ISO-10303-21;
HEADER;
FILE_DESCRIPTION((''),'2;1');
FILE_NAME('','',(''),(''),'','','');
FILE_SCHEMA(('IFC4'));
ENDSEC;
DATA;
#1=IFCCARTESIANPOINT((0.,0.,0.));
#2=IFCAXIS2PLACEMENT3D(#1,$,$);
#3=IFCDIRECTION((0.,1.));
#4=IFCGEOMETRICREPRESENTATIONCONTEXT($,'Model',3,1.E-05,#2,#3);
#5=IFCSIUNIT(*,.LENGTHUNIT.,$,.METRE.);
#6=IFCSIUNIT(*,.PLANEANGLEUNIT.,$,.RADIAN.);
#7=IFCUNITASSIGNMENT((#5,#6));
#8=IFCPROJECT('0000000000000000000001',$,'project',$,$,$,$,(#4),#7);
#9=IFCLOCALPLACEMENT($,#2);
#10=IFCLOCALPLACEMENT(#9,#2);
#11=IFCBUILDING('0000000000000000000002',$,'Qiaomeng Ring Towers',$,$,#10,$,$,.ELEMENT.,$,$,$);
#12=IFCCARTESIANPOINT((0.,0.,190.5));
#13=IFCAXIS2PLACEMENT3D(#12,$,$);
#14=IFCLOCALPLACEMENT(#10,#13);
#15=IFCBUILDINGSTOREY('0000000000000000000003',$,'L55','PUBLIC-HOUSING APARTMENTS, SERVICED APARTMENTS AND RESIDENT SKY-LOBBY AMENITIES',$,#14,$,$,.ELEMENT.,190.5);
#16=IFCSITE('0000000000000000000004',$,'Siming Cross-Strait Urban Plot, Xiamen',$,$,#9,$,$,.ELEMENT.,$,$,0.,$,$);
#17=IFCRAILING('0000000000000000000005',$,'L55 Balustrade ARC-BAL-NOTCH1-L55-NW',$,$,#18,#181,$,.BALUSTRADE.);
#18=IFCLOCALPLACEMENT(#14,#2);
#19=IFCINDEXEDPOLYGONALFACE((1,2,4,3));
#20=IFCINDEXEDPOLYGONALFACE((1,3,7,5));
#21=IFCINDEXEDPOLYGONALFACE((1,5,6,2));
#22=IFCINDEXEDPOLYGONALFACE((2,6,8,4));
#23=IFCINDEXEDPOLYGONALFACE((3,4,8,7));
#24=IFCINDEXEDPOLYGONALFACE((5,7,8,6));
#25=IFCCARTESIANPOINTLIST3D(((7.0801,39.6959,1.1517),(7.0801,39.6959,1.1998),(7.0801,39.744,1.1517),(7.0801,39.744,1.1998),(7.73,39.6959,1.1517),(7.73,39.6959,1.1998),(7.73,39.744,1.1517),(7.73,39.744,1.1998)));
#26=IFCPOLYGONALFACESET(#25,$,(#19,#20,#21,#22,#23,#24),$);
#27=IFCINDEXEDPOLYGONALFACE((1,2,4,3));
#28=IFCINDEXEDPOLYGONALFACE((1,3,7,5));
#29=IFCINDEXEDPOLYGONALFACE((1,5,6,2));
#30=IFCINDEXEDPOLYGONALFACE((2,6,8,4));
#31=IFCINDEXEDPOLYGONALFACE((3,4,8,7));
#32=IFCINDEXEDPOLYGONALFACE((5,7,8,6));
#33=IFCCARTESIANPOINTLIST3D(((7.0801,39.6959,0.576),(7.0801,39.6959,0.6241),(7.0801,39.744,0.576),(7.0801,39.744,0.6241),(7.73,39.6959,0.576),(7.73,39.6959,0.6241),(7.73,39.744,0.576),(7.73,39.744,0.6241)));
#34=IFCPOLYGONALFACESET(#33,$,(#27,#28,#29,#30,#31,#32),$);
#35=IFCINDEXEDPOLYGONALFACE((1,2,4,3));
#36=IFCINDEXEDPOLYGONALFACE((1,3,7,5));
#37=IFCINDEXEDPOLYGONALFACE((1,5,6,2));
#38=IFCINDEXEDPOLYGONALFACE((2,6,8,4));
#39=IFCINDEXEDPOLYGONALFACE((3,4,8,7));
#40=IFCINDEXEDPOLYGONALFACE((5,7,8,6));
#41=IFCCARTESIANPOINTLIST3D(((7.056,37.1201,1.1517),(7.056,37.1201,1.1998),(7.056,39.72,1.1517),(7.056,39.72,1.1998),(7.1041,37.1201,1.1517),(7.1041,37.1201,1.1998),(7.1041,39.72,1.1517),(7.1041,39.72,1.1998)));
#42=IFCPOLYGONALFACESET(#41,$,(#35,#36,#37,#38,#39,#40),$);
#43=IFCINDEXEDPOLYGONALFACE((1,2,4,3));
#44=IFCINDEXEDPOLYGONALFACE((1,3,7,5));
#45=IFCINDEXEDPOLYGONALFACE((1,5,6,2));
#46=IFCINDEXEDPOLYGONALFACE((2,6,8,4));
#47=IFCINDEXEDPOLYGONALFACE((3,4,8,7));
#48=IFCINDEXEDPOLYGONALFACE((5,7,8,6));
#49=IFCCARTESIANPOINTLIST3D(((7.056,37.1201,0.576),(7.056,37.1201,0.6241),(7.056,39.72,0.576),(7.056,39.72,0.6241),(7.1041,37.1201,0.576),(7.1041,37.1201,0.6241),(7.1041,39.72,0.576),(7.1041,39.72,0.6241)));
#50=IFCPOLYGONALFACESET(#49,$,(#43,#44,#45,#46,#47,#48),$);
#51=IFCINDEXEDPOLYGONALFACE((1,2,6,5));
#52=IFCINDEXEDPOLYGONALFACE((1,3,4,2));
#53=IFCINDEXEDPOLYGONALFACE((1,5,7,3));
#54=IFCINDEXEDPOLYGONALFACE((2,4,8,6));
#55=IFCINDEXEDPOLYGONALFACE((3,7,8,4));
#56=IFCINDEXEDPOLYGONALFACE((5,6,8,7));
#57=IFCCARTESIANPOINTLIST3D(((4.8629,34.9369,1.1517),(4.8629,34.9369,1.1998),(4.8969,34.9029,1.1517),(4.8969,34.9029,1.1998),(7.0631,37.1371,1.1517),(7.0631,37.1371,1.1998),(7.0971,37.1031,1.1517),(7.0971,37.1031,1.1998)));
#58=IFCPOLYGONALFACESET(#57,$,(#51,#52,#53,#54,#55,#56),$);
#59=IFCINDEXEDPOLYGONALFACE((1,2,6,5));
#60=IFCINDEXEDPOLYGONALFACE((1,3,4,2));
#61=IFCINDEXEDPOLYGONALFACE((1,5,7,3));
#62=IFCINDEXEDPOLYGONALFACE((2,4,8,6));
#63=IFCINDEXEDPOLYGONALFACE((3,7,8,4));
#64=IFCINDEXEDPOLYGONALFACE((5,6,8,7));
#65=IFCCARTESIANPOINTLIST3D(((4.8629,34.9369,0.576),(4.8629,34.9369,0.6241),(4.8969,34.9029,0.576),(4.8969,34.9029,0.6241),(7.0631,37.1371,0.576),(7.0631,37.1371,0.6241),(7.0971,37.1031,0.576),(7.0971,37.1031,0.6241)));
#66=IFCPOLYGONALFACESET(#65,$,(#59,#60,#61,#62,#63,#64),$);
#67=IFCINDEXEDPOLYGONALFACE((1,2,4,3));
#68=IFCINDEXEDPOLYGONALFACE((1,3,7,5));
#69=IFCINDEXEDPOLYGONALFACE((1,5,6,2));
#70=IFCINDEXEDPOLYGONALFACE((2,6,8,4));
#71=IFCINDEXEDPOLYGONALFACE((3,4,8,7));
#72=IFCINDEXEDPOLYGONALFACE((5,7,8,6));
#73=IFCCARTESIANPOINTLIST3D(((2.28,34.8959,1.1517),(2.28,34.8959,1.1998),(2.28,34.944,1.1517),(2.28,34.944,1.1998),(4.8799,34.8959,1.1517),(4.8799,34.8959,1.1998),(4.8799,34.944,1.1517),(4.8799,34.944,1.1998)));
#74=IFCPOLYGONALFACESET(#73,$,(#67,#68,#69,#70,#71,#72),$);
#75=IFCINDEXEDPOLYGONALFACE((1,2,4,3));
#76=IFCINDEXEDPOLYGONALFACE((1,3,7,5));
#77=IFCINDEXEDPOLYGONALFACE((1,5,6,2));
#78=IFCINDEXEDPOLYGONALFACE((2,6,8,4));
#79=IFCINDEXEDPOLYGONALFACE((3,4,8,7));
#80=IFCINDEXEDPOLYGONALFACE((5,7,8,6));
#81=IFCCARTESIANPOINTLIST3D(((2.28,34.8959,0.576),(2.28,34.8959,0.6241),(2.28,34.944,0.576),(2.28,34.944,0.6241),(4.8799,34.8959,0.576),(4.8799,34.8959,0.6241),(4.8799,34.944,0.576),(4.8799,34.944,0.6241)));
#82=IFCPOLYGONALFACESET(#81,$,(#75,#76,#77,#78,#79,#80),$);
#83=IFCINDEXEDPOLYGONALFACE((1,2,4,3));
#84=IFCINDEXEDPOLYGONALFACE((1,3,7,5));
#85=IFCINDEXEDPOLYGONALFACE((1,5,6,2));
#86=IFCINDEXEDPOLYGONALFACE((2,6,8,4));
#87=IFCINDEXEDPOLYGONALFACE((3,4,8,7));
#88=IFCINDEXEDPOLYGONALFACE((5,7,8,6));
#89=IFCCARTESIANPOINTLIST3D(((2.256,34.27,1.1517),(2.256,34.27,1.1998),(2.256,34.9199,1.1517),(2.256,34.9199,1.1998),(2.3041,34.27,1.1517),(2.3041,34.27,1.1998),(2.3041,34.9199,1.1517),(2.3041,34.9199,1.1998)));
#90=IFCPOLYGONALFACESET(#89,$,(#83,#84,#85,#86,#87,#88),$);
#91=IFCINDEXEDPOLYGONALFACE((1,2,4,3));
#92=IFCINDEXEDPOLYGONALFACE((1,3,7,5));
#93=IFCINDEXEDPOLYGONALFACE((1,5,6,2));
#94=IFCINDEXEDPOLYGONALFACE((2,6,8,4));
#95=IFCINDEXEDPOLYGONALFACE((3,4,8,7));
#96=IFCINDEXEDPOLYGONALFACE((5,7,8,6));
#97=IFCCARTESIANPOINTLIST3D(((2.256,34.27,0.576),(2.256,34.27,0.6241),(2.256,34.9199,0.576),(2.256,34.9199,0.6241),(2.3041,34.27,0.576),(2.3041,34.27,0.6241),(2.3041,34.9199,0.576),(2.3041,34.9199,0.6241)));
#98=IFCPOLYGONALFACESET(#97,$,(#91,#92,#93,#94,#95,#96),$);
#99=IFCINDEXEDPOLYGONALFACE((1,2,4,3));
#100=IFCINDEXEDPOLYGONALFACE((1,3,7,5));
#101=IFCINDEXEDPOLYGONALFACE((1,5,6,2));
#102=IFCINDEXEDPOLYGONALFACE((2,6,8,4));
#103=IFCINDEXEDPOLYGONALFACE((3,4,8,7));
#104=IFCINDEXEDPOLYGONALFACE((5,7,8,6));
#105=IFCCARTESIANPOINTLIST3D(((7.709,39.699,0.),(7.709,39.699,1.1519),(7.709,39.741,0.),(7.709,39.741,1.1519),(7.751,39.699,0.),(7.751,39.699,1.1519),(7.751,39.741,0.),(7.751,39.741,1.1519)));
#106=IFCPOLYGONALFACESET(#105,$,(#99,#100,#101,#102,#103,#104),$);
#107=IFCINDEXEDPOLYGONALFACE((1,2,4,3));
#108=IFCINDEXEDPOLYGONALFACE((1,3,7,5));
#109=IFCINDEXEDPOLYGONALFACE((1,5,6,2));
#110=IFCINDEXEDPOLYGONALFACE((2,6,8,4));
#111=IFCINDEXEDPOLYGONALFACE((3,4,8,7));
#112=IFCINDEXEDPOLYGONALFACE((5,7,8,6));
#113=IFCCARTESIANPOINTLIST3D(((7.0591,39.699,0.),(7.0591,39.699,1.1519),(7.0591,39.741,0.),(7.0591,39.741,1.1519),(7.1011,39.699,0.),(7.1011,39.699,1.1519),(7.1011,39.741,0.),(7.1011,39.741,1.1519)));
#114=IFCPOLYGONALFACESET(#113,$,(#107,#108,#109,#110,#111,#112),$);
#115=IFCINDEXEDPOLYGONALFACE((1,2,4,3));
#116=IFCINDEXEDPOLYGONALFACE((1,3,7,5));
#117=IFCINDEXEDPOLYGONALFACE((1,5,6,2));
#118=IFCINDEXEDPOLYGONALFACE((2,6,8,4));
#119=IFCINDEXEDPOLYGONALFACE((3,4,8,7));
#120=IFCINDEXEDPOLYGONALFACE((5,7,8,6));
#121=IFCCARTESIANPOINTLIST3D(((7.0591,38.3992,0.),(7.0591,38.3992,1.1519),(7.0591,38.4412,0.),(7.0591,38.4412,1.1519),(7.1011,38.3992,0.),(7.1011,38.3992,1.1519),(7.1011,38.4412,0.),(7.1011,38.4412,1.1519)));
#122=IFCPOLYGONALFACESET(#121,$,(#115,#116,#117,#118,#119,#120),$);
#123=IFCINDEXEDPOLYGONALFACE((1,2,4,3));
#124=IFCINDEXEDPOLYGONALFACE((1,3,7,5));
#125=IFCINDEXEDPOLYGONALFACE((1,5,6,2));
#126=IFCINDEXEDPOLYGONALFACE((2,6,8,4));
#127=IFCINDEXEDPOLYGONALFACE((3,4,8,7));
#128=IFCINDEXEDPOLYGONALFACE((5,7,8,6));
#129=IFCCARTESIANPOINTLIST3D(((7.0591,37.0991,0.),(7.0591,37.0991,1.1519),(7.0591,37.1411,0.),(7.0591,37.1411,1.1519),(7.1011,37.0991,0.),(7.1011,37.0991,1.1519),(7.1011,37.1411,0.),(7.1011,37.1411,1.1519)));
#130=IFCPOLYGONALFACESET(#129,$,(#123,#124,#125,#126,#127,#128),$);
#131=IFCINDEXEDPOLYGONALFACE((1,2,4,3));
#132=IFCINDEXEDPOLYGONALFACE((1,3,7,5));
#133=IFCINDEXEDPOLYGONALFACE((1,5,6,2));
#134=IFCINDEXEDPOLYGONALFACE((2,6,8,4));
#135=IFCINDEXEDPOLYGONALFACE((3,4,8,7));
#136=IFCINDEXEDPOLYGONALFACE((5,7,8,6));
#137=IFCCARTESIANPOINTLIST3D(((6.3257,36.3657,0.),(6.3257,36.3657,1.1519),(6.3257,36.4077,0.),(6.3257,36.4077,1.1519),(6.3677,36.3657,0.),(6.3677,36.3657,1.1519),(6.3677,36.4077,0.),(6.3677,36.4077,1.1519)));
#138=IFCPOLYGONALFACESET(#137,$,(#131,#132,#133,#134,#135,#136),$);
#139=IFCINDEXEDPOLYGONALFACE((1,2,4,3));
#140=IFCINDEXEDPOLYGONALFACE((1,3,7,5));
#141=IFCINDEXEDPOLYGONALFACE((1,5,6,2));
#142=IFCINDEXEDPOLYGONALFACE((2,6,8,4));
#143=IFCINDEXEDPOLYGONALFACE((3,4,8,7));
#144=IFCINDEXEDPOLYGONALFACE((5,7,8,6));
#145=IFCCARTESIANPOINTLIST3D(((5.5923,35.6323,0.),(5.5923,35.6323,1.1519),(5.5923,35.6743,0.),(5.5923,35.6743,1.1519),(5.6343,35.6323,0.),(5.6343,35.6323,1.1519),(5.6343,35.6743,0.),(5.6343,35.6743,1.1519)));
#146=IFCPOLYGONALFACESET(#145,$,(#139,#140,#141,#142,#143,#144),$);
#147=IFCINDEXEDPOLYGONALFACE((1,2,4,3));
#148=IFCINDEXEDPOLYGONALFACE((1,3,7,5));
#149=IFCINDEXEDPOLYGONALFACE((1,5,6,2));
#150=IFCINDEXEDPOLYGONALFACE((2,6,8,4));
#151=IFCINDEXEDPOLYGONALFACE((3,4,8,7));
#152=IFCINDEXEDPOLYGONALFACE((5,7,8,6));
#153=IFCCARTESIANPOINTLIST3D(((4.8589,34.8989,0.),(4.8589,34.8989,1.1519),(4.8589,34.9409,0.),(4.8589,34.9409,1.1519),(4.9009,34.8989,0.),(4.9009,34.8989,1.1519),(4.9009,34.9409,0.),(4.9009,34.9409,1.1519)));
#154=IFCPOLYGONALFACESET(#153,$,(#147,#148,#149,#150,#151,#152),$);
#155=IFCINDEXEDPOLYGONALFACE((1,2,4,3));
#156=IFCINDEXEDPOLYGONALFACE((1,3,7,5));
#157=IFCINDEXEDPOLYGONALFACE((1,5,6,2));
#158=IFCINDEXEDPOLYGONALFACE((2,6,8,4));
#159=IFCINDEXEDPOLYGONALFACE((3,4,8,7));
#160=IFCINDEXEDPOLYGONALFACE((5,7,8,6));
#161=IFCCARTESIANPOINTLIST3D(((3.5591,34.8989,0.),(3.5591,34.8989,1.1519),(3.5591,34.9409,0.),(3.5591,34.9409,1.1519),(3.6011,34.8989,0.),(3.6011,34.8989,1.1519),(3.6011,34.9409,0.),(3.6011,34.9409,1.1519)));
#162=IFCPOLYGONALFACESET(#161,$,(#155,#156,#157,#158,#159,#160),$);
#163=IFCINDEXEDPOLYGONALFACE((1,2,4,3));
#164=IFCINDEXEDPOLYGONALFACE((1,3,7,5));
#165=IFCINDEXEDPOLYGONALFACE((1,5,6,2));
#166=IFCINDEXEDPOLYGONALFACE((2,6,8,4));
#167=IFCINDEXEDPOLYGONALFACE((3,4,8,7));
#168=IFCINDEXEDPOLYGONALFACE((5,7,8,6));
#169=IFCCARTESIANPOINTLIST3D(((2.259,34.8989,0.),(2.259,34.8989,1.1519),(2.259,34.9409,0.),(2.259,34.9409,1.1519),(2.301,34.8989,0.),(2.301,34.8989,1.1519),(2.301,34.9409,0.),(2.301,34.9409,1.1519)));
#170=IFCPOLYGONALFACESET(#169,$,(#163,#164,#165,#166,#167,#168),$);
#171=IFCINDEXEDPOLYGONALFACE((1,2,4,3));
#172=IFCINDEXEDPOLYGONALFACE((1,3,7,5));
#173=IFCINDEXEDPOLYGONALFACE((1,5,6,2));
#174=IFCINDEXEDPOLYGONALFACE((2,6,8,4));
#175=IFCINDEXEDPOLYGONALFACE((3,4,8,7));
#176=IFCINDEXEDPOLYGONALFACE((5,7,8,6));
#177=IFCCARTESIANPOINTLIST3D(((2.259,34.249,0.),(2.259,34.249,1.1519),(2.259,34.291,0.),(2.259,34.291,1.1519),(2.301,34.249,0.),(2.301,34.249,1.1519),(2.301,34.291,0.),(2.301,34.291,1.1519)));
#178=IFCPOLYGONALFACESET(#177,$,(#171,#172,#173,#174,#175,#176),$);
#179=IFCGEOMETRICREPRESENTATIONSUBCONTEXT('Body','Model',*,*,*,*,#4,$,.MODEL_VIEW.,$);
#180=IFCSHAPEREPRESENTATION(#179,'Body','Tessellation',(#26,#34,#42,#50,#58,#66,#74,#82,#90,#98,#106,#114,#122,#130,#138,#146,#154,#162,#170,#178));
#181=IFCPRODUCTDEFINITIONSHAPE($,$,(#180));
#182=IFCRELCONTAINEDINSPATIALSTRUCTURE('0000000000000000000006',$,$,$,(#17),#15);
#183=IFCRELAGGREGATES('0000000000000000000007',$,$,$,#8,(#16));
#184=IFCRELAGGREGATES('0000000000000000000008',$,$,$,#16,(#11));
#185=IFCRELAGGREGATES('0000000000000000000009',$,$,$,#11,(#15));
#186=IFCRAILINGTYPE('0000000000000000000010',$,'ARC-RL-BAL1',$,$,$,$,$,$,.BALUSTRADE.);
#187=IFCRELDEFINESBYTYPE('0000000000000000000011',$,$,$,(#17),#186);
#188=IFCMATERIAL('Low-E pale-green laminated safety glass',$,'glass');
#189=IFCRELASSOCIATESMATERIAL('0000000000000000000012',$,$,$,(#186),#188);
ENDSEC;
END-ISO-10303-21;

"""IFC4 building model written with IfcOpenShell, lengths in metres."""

from ifc_helpers import new_model, si_unit, direction, frame, origin, origin_2d, place, context, subcontext, project, spatial, rectangle, extrude, material, type_object, element, save


model = new_model("IFC4")

# Units and contexts
model_context = context("Model", 3, precision=1e-05, world=origin(), true_north=direction((0.0, 1.0)))
body_context = subcontext(model_context, "Body", "Model", "MODEL_VIEW")
ifc_project = project(units=[si_unit("LENGTHUNIT", "METRE"), si_unit("PLANEANGLEUNIT", "RADIAN")], contexts=[model_context])

# Site, building, storey
site_placement = place(None, origin())
site = spatial("IfcSite", under=ifc_project, at=site_placement, Name="Siming Cross-Strait Urban Plot, Xiamen", CompositionType="ELEMENT", RefElevation=0.0)
building_placement = place(site_placement, origin())
building = spatial("IfcBuilding", under=site, at=building_placement, Name="Qiaomeng Ring Towers", CompositionType="ELEMENT")
storey_placement = place(building_placement, frame((0.0, 0.0, 190.5)))
storey = spatial("IfcBuildingStorey", under=building, at=storey_placement, Name="L55", Description="PUBLIC-HOUSING APARTMENTS, SERVICED APARTMENTS AND RESIDENT SKY-LOBBY AMENITIES", CompositionType="ELEMENT", Elevation=190.5)

# Railing
ifc_material_1 = material(Name="Low-E pale-green laminated safety glass", Category="glass")
railing_type = type_object("IfcRailingType", Name="ARC-RL-BAL1", PredefinedType="BALUSTRADE", material=ifc_material_1)
railing_placement = place(storey_placement, frame((7.73, 39.72, 0.0)))
element("IfcRailing", 1, at=railing_placement, inside=storey, type_object=railing_type, Name="L55 Balustrade ARC-BAL-NOTCH1-L55-NW", PredefinedType="BALUSTRADE", context=body_context, shape_type="SweptSolid", body=[
    extrude(rectangle(XDim=0.0481, YDim=0.0481, at=origin_2d()), frame((0.0, 0.0, 1.1758), z_axis=(-1.0, 0.0, 0.0), x_axis=(0.0, -1.0, 0.0)), (0.0, 0.0, 1.0), 0.6499),
    extrude(rectangle(XDim=0.0481, YDim=0.0481, at=origin_2d()), frame((0.0, 0.0, 0.6001), z_axis=(-1.0, 0.0, 0.0), x_axis=(0.0, -1.0, 0.0)), (0.0, 0.0, 1.0), 0.6499),
    extrude(rectangle(XDim=0.0481, YDim=0.0481, at=origin_2d()), frame((-0.6499, 0.0, 1.1758), z_axis=(0.0, -1.0, 0.0), x_axis=(1.0, 0.0, 0.0)), (0.0, 0.0, 1.0), 2.5999),
    extrude(rectangle(XDim=0.0481, YDim=0.0481, at=origin_2d()), frame((-0.6499, 0.0, 0.6001), z_axis=(0.0, -1.0, 0.0), x_axis=(1.0, 0.0, 0.0)), (0.0, 0.0, 1.0), 2.5999),
    extrude(rectangle(XDim=0.0481, YDim=0.0481, at=origin_2d()), frame((-0.6499, -2.5999, 1.1758), z_axis=(-0.707107, -0.707107, 0.0), x_axis=(0.707107, -0.707107, 0.0)), (0.0, 0.0, 1.0), 3.1116),
    extrude(rectangle(XDim=0.0481, YDim=0.0481, at=origin_2d()), frame((-0.6499, -2.5999, 0.6001), z_axis=(-0.707107, -0.707107, 0.0), x_axis=(0.707107, -0.707107, 0.0)), (0.0, 0.0, 1.0), 3.1116),
    extrude(rectangle(XDim=0.0481, YDim=0.0481, at=origin_2d()), frame((-2.8501, -4.8, 1.1758), z_axis=(-1.0, 0.0, 0.0), x_axis=(0.0, -1.0, 0.0)), (0.0, 0.0, 1.0), 2.5999),
    extrude(rectangle(XDim=0.0481, YDim=0.0481, at=origin_2d()), frame((-2.8501, -4.8, 0.6001), z_axis=(-1.0, 0.0, 0.0), x_axis=(0.0, -1.0, 0.0)), (0.0, 0.0, 1.0), 2.5999),
    extrude(rectangle(XDim=0.0481, YDim=0.0481, at=origin_2d()), frame((-5.45, -4.8, 1.1758), z_axis=(0.0, -1.0, 0.0), x_axis=(1.0, 0.0, 0.0)), (0.0, 0.0, 1.0), 0.6499),
    extrude(rectangle(XDim=0.0481, YDim=0.0481, at=origin_2d()), frame((-5.45, -4.8, 0.6001), z_axis=(0.0, -1.0, 0.0), x_axis=(1.0, 0.0, 0.0)), (0.0, 0.0, 1.0), 0.6499),
    extrude(rectangle(XDim=0.042, YDim=0.042, at=origin_2d()), origin(), (0.0, 0.0, 1.0), 1.1519),
    extrude(rectangle(XDim=0.042, YDim=0.042, at=origin_2d()), frame((-0.6499, 0.0, 0.0)), (0.0, 0.0, 1.0), 1.1519),
    extrude(rectangle(XDim=0.042, YDim=0.042, at=origin_2d()), frame((-0.6499, -1.2998, 0.0)), (0.0, 0.0, 1.0), 1.1519),
    extrude(rectangle(XDim=0.042, YDim=0.042, at=origin_2d()), frame((-0.6499, -2.5999, 0.0)), (0.0, 0.0, 1.0), 1.1519),
    extrude(rectangle(XDim=0.042, YDim=0.042, at=origin_2d()), frame((-1.3833, -3.3333, 0.0)), (0.0, 0.0, 1.0), 1.1519),
    extrude(rectangle(XDim=0.042, YDim=0.042, at=origin_2d()), frame((-2.1167, -4.0667, 0.0)), (0.0, 0.0, 1.0), 1.1519),
    extrude(rectangle(XDim=0.042, YDim=0.042, at=origin_2d()), frame((-2.8501, -4.8, 0.0)), (0.0, 0.0, 1.0), 1.1519),
    extrude(rectangle(XDim=0.042, YDim=0.042, at=origin_2d()), frame((-4.1499, -4.8, 0.0)), (0.0, 0.0, 1.0), 1.1519),
    extrude(rectangle(XDim=0.042, YDim=0.042, at=origin_2d()), frame((-5.45, -4.8, 0.0)), (0.0, 0.0, 1.0), 1.1519),
    extrude(rectangle(XDim=0.042, YDim=0.042, at=origin_2d()), frame((-5.45, -5.45, 0.0)), (0.0, 0.0, 1.0), 1.1519),
])

save(model, "model.ifc")
